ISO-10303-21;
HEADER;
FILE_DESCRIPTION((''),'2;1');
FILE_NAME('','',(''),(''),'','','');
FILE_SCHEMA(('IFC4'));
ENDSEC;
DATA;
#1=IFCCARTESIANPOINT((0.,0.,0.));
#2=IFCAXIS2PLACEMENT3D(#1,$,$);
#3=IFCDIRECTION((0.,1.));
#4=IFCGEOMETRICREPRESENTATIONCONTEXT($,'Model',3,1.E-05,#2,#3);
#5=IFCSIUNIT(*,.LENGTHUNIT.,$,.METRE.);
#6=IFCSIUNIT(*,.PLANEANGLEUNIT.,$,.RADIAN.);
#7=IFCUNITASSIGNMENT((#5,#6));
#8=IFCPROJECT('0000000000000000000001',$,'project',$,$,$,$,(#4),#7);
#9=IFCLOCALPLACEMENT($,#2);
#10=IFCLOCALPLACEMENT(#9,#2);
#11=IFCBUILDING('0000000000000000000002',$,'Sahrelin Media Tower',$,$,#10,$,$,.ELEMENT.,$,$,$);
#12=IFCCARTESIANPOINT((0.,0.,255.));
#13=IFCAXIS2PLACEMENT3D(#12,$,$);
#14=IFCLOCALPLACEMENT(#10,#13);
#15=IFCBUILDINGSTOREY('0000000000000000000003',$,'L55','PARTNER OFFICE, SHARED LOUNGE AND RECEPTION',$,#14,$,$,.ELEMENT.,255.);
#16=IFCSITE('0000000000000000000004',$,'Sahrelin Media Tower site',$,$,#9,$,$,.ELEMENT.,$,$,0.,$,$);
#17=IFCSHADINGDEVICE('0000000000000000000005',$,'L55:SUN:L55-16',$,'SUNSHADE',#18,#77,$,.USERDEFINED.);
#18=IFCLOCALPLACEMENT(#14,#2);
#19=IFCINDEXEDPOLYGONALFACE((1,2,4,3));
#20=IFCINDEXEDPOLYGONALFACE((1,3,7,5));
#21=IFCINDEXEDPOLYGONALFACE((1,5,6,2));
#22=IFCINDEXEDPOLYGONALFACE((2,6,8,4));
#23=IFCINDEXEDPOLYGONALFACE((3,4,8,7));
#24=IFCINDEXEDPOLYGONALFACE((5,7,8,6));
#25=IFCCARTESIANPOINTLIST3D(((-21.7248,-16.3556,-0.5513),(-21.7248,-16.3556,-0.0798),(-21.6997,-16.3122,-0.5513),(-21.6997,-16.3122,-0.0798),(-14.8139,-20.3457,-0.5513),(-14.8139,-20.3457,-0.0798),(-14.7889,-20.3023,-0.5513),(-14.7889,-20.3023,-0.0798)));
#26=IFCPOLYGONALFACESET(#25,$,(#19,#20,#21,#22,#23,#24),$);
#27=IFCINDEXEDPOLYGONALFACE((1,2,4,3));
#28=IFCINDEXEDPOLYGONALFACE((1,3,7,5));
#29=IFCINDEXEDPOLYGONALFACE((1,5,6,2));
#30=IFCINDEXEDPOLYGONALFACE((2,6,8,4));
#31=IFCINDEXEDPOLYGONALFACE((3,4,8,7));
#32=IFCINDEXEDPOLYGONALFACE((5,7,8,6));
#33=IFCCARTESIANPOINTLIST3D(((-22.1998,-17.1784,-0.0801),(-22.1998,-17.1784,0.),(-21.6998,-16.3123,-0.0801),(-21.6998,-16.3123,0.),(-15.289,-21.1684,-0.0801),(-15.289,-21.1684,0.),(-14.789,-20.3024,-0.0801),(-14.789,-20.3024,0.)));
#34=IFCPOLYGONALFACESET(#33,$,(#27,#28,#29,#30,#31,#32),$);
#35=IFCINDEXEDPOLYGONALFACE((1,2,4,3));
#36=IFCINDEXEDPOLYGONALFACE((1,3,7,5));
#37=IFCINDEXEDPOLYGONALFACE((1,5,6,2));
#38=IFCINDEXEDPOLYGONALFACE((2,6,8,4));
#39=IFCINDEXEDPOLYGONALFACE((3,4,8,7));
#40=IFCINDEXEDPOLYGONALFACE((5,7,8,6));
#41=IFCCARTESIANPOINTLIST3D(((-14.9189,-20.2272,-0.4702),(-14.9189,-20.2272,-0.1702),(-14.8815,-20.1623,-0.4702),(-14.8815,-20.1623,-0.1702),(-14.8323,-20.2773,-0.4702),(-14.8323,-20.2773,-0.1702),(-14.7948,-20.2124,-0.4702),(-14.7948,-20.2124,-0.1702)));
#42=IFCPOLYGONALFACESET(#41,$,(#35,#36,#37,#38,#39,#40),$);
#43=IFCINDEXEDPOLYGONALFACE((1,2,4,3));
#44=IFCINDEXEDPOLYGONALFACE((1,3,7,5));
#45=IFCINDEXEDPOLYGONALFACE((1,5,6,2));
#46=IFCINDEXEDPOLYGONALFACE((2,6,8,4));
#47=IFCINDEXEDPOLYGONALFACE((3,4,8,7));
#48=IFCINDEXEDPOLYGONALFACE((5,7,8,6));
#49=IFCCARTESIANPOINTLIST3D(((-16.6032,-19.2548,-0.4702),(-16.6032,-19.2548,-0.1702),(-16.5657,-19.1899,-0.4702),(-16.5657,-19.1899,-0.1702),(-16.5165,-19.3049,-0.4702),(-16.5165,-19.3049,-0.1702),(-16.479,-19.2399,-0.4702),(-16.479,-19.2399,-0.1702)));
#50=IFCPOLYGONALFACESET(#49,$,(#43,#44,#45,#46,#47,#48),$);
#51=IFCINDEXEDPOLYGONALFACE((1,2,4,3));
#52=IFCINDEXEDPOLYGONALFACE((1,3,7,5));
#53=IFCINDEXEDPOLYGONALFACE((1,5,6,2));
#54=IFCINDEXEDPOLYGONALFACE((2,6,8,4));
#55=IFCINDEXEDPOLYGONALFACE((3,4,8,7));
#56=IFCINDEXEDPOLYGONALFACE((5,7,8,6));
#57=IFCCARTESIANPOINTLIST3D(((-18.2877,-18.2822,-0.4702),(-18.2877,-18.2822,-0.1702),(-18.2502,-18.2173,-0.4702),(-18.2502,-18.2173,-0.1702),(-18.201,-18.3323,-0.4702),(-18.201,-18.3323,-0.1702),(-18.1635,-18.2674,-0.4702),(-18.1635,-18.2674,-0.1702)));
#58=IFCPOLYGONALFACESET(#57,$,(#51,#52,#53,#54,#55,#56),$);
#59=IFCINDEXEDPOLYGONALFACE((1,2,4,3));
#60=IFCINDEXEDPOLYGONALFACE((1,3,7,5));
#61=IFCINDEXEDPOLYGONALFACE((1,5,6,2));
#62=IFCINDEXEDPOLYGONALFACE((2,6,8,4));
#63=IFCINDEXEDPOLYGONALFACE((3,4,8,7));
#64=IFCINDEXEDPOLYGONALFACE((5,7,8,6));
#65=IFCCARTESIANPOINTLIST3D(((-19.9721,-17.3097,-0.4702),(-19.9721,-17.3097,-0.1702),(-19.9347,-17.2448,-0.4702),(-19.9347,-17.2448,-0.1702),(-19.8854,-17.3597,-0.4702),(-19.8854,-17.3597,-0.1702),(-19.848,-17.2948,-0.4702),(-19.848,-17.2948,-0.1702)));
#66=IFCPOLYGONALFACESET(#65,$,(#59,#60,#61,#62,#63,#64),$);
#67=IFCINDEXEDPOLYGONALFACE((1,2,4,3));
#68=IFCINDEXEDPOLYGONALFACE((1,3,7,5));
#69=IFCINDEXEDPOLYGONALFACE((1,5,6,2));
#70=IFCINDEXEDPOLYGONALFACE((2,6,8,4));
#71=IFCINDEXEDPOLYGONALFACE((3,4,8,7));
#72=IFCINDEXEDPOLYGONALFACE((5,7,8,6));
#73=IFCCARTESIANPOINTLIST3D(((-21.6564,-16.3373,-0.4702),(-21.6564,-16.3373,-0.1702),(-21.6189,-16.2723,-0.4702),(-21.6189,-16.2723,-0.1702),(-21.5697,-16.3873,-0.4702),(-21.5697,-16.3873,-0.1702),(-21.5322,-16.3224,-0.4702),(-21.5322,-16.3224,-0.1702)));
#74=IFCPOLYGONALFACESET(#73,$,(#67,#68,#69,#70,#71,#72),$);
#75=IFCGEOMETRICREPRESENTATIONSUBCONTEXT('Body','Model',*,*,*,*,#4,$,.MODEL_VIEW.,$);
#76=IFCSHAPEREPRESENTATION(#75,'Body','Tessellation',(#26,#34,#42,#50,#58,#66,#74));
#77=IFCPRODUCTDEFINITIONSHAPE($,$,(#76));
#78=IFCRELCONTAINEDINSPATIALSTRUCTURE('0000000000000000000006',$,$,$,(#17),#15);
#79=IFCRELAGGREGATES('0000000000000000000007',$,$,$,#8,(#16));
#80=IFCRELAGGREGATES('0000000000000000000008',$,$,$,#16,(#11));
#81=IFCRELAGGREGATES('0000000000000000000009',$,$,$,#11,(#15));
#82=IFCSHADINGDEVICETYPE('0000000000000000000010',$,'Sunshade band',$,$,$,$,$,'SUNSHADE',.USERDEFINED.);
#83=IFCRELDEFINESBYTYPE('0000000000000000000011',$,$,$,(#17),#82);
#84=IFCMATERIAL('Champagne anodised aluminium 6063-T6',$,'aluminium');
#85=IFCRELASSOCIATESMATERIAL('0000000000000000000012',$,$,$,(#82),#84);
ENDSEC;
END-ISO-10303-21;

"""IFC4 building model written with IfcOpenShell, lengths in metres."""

from ifc_helpers import new_model, si_unit, direction, frame, origin, origin_2d, place, context, subcontext, project, spatial, rectangle, extrude, material, type_object, element, save


model = new_model("IFC4")

# Units and contexts
model_context = context("Model", 3, precision=1e-05, world=origin(), true_north=direction((0.0, 1.0)))
body_context = subcontext(model_context, "Body", "Model", "MODEL_VIEW")
ifc_project = project(units=[si_unit("LENGTHUNIT", "METRE"), si_unit("PLANEANGLEUNIT", "RADIAN")], contexts=[model_context])

# Site, building, storey
site_placement = place(None, origin())
site = spatial("IfcSite", under=ifc_project, at=site_placement, Name="Sahrelin Media Tower site", CompositionType="ELEMENT", RefElevation=0.0)
building_placement = place(site_placement, origin())
building = spatial("IfcBuilding", under=site, at=building_placement, Name="Sahrelin Media Tower", CompositionType="ELEMENT")
storey_placement = place(building_placement, frame((0.0, 0.0, 255.0)))
storey = spatial("IfcBuildingStorey", under=building, at=storey_placement, Name="L55", Description="PARTNER OFFICE, SHARED LOUNGE AND RECEPTION", CompositionType="ELEMENT", Elevation=255.0)

# Shared definitions
ifc_material_1 = material(Name="Champagne anodised aluminium 6063-T6", Category="aluminium")

# Shading device
placement_1 = place(storey_placement, frame((-18.2344, -18.29, 0.0), z_axis=(0.0, 0.0, 1.0), x_axis=(-0.866019, 0.500011, 0.0)))
shading_device_type_1 = type_object("IfcShadingDeviceType", Name="Sunshade band", ElementType="SUNSHADE", PredefinedType="USERDEFINED", material=ifc_material_1)
element("IfcShadingDevice", 1, at=placement_1, inside=storey, type_object=shading_device_type_1, Name="L55:SUN:L55-16", ObjectType="SUNSHADE", PredefinedType="USERDEFINED", context=body_context, shape_type="SweptSolid", body=[
    extrude(rectangle(XDim=7.98, YDim=0.05, at=origin_2d()), frame((0.0, 0.0449, -0.5513)), (0.0, 0.0, 1.0), 0.4714),
    extrude(rectangle(XDim=7.98, YDim=1.0, at=origin_2d()), frame((0.0, 0.52, -0.0801)), (0.0, 0.0, 1.0), 0.0801),
    extrude(rectangle(XDim=0.1001, YDim=0.075, at=origin_2d()), frame((-3.8899, -0.0176, -0.4702)), (0.0, 0.0, 1.0), 0.3),
    extrude(rectangle(XDim=0.1001, YDim=0.075, at=origin_2d()), frame((-1.9451, -0.0176, -0.4702)), (0.0, 0.0, 1.0), 0.3),
    extrude(rectangle(XDim=0.1001, YDim=0.075, at=origin_2d()), frame((0.0, -0.0176, -0.4702)), (0.0, 0.0, 1.0), 0.3),
    extrude(rectangle(XDim=0.1001, YDim=0.075, at=origin_2d()), frame((1.9451, -0.0176, -0.4702)), (0.0, 0.0, 1.0), 0.3),
    extrude(rectangle(XDim=0.1001, YDim=0.075, at=origin_2d()), frame((3.8899, -0.0176, -0.4702)), (0.0, 0.0, 1.0), 0.3),
])

save(model, "model.ifc")
